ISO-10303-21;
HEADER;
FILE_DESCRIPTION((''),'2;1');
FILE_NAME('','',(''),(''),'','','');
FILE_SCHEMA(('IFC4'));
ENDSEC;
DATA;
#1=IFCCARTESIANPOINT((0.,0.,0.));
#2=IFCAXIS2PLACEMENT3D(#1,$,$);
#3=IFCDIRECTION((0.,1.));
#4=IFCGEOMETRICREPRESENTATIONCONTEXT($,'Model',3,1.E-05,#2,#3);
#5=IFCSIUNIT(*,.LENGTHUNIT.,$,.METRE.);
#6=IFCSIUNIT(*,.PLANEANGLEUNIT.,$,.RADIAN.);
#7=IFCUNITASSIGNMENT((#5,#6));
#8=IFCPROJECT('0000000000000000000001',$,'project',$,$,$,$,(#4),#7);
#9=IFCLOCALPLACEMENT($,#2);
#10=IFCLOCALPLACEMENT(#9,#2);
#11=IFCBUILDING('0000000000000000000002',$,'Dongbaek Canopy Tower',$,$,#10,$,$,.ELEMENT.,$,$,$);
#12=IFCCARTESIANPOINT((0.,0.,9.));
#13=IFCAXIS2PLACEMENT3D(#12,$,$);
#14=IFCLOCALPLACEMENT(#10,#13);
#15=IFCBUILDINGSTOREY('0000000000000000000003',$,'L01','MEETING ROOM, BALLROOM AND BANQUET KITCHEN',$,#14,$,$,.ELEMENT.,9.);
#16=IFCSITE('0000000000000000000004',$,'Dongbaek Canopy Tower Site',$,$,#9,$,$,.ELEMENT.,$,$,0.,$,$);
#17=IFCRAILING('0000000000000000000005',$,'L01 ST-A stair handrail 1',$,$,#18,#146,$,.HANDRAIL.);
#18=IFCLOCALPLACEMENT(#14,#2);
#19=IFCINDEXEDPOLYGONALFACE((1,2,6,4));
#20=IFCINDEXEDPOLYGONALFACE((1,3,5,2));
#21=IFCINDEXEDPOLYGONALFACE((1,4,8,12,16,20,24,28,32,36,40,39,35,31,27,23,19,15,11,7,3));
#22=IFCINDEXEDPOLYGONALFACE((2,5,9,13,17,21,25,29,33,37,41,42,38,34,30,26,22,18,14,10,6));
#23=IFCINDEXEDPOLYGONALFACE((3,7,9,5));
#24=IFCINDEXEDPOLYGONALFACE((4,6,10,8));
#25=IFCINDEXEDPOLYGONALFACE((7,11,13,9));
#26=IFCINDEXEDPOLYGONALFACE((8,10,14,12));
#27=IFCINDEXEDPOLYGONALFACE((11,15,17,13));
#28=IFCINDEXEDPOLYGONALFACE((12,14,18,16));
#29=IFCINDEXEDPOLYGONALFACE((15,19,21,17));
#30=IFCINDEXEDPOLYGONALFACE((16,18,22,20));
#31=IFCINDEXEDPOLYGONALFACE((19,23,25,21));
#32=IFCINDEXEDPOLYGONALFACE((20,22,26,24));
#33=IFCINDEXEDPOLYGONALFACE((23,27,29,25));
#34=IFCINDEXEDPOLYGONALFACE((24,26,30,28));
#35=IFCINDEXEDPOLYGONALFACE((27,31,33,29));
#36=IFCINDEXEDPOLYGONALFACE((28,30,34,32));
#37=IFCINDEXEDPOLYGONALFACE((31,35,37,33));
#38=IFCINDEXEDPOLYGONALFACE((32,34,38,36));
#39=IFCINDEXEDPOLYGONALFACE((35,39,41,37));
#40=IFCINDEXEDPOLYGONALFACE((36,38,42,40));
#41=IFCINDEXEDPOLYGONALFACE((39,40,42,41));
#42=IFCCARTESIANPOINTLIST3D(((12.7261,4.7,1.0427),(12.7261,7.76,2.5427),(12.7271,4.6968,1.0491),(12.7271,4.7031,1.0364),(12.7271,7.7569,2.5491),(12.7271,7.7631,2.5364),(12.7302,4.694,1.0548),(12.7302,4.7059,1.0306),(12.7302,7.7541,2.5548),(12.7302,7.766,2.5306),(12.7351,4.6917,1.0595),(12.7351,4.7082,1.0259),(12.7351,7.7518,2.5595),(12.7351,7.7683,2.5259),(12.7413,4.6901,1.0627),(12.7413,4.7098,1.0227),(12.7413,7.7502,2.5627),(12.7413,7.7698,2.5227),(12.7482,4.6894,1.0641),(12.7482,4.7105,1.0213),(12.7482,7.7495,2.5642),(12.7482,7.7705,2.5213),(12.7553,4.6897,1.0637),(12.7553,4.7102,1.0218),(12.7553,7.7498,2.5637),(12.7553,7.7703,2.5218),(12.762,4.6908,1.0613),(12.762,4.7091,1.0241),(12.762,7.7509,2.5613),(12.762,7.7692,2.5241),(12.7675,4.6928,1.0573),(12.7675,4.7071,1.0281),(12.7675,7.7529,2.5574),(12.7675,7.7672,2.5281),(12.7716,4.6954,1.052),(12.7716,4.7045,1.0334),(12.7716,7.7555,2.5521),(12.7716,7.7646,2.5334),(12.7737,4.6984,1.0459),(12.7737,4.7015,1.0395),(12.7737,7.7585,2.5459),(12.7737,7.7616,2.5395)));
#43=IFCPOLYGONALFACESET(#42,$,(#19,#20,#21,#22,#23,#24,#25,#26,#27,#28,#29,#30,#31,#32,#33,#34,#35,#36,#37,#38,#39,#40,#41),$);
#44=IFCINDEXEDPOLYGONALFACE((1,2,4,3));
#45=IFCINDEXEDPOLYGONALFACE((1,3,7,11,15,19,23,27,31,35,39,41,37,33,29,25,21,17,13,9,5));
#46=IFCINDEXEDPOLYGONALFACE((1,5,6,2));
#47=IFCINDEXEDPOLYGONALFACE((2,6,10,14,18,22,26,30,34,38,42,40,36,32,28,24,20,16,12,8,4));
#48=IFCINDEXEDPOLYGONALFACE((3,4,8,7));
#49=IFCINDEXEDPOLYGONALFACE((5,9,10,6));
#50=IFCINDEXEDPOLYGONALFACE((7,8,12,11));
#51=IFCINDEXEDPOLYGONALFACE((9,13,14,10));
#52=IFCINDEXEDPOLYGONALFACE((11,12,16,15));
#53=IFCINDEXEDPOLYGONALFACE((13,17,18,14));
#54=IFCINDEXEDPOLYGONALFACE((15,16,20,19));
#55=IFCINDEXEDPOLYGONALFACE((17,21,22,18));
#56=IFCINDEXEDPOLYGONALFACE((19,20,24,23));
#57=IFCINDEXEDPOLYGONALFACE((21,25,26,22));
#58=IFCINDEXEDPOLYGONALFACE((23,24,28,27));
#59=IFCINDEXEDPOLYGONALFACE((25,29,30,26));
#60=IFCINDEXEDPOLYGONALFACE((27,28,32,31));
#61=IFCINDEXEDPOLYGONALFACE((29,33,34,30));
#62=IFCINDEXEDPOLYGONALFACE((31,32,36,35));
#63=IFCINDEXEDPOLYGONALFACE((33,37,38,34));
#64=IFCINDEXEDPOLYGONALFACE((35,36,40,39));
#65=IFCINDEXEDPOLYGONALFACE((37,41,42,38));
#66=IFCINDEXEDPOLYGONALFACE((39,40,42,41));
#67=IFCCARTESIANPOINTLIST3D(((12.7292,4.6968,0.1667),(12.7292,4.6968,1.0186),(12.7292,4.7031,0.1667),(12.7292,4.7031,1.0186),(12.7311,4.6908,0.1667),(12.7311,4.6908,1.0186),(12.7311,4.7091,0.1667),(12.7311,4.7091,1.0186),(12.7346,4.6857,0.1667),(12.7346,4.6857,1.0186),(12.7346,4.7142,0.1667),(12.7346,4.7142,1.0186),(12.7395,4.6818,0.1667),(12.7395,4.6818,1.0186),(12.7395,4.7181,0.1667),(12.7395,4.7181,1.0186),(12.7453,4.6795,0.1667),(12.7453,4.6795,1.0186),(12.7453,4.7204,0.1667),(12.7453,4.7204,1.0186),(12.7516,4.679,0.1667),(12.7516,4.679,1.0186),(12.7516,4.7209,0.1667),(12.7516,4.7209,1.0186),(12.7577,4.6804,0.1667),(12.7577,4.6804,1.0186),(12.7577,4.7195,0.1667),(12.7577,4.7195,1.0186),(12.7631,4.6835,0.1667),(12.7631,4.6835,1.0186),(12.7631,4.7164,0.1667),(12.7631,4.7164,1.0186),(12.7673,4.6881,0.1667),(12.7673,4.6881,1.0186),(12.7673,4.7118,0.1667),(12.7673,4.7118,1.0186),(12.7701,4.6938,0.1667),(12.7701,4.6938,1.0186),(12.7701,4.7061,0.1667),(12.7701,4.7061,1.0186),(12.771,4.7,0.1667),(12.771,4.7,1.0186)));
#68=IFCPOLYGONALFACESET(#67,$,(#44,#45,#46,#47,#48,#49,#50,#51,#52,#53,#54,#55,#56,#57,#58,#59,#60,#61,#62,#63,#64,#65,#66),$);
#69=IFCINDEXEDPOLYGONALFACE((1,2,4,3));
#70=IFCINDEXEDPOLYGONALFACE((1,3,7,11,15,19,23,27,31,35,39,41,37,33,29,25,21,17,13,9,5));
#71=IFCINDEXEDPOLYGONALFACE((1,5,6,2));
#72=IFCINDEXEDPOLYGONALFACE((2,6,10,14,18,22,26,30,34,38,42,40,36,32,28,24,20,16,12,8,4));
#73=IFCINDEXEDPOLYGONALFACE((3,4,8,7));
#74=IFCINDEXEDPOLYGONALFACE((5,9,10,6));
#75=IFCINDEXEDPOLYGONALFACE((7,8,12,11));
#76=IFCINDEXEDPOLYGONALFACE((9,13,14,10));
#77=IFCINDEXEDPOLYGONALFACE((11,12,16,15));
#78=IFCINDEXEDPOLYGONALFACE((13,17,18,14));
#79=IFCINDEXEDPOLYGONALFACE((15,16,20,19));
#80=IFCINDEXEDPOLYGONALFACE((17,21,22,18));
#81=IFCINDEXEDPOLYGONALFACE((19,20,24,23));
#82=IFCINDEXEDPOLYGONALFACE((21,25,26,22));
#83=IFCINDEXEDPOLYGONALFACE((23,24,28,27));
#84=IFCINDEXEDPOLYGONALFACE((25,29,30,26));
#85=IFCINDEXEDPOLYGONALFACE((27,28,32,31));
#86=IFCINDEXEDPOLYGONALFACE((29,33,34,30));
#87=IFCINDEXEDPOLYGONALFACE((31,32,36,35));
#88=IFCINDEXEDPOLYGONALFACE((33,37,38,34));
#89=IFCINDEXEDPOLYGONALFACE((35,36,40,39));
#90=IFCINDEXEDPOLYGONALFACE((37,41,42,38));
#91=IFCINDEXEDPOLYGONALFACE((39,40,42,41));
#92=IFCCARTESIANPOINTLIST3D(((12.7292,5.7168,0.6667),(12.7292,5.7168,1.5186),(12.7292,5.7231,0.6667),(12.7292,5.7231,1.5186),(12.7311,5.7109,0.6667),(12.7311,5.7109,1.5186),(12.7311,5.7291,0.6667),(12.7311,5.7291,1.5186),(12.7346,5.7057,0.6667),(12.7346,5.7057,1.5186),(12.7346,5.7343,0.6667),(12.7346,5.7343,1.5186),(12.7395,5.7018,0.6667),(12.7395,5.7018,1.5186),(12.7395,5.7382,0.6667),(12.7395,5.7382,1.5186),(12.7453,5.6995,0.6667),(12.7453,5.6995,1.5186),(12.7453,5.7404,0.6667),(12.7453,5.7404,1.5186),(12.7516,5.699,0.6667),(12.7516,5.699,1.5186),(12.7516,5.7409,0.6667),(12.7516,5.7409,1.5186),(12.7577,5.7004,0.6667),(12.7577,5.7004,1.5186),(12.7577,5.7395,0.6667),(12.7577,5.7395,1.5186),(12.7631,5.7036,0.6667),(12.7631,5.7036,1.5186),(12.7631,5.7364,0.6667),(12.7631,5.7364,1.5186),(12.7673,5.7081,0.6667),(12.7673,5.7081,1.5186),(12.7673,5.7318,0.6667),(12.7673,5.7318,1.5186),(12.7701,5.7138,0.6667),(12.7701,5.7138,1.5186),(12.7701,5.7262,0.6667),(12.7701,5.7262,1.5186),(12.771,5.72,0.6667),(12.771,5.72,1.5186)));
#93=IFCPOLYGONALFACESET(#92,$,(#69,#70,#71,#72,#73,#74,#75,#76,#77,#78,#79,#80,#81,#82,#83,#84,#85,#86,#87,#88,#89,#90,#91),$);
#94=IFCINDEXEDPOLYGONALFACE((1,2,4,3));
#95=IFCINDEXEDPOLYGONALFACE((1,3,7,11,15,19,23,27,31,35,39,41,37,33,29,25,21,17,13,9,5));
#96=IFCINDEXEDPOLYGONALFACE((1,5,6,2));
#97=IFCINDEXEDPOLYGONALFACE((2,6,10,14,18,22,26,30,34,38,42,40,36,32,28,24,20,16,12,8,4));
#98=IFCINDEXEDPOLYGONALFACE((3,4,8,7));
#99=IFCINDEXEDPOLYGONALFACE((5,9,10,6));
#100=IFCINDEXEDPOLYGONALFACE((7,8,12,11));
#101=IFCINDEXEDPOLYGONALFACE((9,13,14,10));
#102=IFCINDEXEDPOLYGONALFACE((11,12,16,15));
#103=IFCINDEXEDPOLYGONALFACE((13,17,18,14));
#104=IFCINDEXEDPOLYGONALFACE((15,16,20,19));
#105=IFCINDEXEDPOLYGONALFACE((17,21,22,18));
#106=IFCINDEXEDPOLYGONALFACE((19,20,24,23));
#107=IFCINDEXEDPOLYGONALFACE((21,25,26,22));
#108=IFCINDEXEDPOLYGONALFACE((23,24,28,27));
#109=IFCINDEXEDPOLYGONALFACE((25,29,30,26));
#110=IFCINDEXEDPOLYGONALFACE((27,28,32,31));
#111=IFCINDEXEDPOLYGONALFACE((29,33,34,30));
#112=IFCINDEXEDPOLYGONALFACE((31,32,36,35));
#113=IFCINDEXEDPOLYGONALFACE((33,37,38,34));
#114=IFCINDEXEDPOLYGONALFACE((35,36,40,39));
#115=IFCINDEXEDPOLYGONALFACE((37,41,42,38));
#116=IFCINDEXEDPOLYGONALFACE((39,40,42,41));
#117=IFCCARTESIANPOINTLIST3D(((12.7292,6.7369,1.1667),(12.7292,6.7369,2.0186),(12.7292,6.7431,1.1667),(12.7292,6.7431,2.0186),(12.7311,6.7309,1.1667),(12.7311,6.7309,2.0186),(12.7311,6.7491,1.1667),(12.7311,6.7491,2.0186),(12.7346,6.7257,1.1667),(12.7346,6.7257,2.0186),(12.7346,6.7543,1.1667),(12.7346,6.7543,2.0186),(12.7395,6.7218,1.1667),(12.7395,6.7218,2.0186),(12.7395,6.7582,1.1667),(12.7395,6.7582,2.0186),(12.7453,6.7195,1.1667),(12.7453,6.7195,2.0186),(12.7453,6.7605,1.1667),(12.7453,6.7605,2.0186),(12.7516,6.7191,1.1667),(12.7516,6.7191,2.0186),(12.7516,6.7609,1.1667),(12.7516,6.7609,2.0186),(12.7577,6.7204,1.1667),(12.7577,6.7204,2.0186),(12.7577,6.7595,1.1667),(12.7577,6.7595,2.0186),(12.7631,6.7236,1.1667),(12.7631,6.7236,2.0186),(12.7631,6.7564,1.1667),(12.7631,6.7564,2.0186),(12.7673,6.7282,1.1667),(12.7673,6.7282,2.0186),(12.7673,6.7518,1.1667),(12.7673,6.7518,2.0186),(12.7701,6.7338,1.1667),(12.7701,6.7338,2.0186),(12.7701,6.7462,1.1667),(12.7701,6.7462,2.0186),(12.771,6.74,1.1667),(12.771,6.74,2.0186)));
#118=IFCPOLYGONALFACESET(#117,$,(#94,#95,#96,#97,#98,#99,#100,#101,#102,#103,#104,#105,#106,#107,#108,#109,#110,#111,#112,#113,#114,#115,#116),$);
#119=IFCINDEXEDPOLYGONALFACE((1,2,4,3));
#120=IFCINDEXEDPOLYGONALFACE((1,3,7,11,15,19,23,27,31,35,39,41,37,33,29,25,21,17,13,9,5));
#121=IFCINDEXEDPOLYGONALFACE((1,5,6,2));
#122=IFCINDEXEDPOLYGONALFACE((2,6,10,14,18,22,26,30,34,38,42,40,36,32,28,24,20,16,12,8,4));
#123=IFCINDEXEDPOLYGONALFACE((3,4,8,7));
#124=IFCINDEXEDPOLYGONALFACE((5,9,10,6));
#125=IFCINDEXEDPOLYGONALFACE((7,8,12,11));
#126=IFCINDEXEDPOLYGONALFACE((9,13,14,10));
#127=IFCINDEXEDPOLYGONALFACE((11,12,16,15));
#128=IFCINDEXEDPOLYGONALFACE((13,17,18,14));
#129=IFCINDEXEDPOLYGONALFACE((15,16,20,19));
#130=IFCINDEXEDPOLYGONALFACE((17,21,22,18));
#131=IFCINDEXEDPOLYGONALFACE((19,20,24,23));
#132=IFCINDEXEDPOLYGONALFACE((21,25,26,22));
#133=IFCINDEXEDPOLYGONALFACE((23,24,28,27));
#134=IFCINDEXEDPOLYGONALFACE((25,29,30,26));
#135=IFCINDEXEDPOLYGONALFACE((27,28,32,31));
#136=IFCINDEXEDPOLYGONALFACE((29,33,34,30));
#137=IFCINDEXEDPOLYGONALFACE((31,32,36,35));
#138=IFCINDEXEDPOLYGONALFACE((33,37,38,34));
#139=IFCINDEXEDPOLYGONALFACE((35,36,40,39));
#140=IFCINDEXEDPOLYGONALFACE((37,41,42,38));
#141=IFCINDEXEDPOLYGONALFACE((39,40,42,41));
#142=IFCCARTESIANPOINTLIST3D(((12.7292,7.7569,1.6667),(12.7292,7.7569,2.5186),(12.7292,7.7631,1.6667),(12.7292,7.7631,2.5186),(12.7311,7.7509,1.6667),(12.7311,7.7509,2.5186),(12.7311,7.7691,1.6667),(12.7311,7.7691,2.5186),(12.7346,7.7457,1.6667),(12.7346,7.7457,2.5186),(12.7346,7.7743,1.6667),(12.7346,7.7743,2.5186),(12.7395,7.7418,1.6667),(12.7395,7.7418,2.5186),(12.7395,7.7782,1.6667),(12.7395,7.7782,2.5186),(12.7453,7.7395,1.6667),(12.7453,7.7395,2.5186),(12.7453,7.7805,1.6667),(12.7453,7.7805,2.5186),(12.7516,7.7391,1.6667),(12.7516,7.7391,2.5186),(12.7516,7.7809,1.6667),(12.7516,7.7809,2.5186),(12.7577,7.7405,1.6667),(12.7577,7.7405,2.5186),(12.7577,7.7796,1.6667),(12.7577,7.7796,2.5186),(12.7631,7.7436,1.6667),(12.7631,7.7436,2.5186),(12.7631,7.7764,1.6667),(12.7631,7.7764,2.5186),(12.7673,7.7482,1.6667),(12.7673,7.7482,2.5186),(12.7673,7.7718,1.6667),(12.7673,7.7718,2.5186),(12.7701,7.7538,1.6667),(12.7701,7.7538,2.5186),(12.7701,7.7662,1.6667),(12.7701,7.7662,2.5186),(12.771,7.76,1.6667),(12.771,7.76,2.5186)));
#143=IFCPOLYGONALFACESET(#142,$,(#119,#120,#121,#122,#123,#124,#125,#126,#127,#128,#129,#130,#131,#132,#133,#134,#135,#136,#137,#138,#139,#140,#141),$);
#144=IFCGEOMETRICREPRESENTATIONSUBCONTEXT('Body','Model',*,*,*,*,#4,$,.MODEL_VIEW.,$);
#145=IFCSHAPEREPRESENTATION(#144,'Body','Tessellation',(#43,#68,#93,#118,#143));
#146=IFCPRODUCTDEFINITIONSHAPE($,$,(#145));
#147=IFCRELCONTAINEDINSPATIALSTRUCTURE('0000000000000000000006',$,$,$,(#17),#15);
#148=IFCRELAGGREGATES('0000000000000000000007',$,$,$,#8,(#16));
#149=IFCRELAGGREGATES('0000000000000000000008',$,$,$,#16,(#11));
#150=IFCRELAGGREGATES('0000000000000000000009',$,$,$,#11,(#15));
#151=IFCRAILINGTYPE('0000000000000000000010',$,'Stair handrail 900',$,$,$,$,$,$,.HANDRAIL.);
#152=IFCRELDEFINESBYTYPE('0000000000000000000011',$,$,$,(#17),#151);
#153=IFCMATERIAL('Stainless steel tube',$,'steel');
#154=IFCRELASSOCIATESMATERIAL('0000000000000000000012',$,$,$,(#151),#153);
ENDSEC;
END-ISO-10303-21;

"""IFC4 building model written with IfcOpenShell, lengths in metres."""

from ifc_helpers import new_model, si_unit, direction, frame, origin, origin_2d, place, context, subcontext, project, spatial, circle, extrude, material, type_object, element, save


model = new_model("IFC4")

# Units and contexts
model_context = context("Model", 3, precision=1e-05, world=origin(), true_north=direction((0.0, 1.0)))
body_context = subcontext(model_context, "Body", "Model", "MODEL_VIEW")
ifc_project = project(units=[si_unit("LENGTHUNIT", "METRE"), si_unit("PLANEANGLEUNIT", "RADIAN")], contexts=[model_context])

# Site, building, storey
site_placement = place(None, origin())
site = spatial("IfcSite", under=ifc_project, at=site_placement, Name="Dongbaek Canopy Tower Site", CompositionType="ELEMENT", RefElevation=0.0)
building_placement = place(site_placement, origin())
building = spatial("IfcBuilding", under=site, at=building_placement, Name="Dongbaek Canopy Tower", CompositionType="ELEMENT")
storey_placement = place(building_placement, frame((0.0, 0.0, 9.0)))
storey = spatial("IfcBuildingStorey", under=building, at=storey_placement, Name="L01", Description="MEETING ROOM, BALLROOM AND BANQUET KITCHEN", CompositionType="ELEMENT", Elevation=9.0)

# Railing
ifc_material_1 = material(Name="Stainless steel tube", Category="steel")
railing_type = type_object("IfcRailingType", Name="Stair handrail 900", PredefinedType="HANDRAIL", material=ifc_material_1)
for number, where, name in (
    (1, (12.75, 4.7, 0.1667), "L01 ST-A stair handrail 1"),
):
    element("IfcRailing", number, at=place(storey_placement, frame(where)), inside=storey, type_object=railing_type, Name=name, PredefinedType="HANDRAIL", context=body_context, shape_type="SweptSolid", body=[
        extrude(circle(Radius=0.0239, at=origin_2d()), frame((0.0, 0.0, 0.876), z_axis=(0.0, 0.897924, 0.44015), x_axis=(-1.0, 0.0, 0.0)), (0.0, 0.0, 1.0), 3.408),
        extrude(circle(Radius=0.021, at=origin_2d()), origin(), (0.0, 0.0, 1.0), 0.8518),
        extrude(circle(Radius=0.021, at=origin_2d()), frame((0.0, 1.02, 0.5)), (0.0, 0.0, 1.0), 0.8518),
        extrude(circle(Radius=0.021, at=origin_2d()), frame((0.0, 2.04, 1.0)), (0.0, 0.0, 1.0), 0.8518),
        extrude(circle(Radius=0.021, at=origin_2d()), frame((0.0, 3.0601, 1.5)), (0.0, 0.0, 1.0), 0.8518),
    ])

save(model, "model.ifc")
